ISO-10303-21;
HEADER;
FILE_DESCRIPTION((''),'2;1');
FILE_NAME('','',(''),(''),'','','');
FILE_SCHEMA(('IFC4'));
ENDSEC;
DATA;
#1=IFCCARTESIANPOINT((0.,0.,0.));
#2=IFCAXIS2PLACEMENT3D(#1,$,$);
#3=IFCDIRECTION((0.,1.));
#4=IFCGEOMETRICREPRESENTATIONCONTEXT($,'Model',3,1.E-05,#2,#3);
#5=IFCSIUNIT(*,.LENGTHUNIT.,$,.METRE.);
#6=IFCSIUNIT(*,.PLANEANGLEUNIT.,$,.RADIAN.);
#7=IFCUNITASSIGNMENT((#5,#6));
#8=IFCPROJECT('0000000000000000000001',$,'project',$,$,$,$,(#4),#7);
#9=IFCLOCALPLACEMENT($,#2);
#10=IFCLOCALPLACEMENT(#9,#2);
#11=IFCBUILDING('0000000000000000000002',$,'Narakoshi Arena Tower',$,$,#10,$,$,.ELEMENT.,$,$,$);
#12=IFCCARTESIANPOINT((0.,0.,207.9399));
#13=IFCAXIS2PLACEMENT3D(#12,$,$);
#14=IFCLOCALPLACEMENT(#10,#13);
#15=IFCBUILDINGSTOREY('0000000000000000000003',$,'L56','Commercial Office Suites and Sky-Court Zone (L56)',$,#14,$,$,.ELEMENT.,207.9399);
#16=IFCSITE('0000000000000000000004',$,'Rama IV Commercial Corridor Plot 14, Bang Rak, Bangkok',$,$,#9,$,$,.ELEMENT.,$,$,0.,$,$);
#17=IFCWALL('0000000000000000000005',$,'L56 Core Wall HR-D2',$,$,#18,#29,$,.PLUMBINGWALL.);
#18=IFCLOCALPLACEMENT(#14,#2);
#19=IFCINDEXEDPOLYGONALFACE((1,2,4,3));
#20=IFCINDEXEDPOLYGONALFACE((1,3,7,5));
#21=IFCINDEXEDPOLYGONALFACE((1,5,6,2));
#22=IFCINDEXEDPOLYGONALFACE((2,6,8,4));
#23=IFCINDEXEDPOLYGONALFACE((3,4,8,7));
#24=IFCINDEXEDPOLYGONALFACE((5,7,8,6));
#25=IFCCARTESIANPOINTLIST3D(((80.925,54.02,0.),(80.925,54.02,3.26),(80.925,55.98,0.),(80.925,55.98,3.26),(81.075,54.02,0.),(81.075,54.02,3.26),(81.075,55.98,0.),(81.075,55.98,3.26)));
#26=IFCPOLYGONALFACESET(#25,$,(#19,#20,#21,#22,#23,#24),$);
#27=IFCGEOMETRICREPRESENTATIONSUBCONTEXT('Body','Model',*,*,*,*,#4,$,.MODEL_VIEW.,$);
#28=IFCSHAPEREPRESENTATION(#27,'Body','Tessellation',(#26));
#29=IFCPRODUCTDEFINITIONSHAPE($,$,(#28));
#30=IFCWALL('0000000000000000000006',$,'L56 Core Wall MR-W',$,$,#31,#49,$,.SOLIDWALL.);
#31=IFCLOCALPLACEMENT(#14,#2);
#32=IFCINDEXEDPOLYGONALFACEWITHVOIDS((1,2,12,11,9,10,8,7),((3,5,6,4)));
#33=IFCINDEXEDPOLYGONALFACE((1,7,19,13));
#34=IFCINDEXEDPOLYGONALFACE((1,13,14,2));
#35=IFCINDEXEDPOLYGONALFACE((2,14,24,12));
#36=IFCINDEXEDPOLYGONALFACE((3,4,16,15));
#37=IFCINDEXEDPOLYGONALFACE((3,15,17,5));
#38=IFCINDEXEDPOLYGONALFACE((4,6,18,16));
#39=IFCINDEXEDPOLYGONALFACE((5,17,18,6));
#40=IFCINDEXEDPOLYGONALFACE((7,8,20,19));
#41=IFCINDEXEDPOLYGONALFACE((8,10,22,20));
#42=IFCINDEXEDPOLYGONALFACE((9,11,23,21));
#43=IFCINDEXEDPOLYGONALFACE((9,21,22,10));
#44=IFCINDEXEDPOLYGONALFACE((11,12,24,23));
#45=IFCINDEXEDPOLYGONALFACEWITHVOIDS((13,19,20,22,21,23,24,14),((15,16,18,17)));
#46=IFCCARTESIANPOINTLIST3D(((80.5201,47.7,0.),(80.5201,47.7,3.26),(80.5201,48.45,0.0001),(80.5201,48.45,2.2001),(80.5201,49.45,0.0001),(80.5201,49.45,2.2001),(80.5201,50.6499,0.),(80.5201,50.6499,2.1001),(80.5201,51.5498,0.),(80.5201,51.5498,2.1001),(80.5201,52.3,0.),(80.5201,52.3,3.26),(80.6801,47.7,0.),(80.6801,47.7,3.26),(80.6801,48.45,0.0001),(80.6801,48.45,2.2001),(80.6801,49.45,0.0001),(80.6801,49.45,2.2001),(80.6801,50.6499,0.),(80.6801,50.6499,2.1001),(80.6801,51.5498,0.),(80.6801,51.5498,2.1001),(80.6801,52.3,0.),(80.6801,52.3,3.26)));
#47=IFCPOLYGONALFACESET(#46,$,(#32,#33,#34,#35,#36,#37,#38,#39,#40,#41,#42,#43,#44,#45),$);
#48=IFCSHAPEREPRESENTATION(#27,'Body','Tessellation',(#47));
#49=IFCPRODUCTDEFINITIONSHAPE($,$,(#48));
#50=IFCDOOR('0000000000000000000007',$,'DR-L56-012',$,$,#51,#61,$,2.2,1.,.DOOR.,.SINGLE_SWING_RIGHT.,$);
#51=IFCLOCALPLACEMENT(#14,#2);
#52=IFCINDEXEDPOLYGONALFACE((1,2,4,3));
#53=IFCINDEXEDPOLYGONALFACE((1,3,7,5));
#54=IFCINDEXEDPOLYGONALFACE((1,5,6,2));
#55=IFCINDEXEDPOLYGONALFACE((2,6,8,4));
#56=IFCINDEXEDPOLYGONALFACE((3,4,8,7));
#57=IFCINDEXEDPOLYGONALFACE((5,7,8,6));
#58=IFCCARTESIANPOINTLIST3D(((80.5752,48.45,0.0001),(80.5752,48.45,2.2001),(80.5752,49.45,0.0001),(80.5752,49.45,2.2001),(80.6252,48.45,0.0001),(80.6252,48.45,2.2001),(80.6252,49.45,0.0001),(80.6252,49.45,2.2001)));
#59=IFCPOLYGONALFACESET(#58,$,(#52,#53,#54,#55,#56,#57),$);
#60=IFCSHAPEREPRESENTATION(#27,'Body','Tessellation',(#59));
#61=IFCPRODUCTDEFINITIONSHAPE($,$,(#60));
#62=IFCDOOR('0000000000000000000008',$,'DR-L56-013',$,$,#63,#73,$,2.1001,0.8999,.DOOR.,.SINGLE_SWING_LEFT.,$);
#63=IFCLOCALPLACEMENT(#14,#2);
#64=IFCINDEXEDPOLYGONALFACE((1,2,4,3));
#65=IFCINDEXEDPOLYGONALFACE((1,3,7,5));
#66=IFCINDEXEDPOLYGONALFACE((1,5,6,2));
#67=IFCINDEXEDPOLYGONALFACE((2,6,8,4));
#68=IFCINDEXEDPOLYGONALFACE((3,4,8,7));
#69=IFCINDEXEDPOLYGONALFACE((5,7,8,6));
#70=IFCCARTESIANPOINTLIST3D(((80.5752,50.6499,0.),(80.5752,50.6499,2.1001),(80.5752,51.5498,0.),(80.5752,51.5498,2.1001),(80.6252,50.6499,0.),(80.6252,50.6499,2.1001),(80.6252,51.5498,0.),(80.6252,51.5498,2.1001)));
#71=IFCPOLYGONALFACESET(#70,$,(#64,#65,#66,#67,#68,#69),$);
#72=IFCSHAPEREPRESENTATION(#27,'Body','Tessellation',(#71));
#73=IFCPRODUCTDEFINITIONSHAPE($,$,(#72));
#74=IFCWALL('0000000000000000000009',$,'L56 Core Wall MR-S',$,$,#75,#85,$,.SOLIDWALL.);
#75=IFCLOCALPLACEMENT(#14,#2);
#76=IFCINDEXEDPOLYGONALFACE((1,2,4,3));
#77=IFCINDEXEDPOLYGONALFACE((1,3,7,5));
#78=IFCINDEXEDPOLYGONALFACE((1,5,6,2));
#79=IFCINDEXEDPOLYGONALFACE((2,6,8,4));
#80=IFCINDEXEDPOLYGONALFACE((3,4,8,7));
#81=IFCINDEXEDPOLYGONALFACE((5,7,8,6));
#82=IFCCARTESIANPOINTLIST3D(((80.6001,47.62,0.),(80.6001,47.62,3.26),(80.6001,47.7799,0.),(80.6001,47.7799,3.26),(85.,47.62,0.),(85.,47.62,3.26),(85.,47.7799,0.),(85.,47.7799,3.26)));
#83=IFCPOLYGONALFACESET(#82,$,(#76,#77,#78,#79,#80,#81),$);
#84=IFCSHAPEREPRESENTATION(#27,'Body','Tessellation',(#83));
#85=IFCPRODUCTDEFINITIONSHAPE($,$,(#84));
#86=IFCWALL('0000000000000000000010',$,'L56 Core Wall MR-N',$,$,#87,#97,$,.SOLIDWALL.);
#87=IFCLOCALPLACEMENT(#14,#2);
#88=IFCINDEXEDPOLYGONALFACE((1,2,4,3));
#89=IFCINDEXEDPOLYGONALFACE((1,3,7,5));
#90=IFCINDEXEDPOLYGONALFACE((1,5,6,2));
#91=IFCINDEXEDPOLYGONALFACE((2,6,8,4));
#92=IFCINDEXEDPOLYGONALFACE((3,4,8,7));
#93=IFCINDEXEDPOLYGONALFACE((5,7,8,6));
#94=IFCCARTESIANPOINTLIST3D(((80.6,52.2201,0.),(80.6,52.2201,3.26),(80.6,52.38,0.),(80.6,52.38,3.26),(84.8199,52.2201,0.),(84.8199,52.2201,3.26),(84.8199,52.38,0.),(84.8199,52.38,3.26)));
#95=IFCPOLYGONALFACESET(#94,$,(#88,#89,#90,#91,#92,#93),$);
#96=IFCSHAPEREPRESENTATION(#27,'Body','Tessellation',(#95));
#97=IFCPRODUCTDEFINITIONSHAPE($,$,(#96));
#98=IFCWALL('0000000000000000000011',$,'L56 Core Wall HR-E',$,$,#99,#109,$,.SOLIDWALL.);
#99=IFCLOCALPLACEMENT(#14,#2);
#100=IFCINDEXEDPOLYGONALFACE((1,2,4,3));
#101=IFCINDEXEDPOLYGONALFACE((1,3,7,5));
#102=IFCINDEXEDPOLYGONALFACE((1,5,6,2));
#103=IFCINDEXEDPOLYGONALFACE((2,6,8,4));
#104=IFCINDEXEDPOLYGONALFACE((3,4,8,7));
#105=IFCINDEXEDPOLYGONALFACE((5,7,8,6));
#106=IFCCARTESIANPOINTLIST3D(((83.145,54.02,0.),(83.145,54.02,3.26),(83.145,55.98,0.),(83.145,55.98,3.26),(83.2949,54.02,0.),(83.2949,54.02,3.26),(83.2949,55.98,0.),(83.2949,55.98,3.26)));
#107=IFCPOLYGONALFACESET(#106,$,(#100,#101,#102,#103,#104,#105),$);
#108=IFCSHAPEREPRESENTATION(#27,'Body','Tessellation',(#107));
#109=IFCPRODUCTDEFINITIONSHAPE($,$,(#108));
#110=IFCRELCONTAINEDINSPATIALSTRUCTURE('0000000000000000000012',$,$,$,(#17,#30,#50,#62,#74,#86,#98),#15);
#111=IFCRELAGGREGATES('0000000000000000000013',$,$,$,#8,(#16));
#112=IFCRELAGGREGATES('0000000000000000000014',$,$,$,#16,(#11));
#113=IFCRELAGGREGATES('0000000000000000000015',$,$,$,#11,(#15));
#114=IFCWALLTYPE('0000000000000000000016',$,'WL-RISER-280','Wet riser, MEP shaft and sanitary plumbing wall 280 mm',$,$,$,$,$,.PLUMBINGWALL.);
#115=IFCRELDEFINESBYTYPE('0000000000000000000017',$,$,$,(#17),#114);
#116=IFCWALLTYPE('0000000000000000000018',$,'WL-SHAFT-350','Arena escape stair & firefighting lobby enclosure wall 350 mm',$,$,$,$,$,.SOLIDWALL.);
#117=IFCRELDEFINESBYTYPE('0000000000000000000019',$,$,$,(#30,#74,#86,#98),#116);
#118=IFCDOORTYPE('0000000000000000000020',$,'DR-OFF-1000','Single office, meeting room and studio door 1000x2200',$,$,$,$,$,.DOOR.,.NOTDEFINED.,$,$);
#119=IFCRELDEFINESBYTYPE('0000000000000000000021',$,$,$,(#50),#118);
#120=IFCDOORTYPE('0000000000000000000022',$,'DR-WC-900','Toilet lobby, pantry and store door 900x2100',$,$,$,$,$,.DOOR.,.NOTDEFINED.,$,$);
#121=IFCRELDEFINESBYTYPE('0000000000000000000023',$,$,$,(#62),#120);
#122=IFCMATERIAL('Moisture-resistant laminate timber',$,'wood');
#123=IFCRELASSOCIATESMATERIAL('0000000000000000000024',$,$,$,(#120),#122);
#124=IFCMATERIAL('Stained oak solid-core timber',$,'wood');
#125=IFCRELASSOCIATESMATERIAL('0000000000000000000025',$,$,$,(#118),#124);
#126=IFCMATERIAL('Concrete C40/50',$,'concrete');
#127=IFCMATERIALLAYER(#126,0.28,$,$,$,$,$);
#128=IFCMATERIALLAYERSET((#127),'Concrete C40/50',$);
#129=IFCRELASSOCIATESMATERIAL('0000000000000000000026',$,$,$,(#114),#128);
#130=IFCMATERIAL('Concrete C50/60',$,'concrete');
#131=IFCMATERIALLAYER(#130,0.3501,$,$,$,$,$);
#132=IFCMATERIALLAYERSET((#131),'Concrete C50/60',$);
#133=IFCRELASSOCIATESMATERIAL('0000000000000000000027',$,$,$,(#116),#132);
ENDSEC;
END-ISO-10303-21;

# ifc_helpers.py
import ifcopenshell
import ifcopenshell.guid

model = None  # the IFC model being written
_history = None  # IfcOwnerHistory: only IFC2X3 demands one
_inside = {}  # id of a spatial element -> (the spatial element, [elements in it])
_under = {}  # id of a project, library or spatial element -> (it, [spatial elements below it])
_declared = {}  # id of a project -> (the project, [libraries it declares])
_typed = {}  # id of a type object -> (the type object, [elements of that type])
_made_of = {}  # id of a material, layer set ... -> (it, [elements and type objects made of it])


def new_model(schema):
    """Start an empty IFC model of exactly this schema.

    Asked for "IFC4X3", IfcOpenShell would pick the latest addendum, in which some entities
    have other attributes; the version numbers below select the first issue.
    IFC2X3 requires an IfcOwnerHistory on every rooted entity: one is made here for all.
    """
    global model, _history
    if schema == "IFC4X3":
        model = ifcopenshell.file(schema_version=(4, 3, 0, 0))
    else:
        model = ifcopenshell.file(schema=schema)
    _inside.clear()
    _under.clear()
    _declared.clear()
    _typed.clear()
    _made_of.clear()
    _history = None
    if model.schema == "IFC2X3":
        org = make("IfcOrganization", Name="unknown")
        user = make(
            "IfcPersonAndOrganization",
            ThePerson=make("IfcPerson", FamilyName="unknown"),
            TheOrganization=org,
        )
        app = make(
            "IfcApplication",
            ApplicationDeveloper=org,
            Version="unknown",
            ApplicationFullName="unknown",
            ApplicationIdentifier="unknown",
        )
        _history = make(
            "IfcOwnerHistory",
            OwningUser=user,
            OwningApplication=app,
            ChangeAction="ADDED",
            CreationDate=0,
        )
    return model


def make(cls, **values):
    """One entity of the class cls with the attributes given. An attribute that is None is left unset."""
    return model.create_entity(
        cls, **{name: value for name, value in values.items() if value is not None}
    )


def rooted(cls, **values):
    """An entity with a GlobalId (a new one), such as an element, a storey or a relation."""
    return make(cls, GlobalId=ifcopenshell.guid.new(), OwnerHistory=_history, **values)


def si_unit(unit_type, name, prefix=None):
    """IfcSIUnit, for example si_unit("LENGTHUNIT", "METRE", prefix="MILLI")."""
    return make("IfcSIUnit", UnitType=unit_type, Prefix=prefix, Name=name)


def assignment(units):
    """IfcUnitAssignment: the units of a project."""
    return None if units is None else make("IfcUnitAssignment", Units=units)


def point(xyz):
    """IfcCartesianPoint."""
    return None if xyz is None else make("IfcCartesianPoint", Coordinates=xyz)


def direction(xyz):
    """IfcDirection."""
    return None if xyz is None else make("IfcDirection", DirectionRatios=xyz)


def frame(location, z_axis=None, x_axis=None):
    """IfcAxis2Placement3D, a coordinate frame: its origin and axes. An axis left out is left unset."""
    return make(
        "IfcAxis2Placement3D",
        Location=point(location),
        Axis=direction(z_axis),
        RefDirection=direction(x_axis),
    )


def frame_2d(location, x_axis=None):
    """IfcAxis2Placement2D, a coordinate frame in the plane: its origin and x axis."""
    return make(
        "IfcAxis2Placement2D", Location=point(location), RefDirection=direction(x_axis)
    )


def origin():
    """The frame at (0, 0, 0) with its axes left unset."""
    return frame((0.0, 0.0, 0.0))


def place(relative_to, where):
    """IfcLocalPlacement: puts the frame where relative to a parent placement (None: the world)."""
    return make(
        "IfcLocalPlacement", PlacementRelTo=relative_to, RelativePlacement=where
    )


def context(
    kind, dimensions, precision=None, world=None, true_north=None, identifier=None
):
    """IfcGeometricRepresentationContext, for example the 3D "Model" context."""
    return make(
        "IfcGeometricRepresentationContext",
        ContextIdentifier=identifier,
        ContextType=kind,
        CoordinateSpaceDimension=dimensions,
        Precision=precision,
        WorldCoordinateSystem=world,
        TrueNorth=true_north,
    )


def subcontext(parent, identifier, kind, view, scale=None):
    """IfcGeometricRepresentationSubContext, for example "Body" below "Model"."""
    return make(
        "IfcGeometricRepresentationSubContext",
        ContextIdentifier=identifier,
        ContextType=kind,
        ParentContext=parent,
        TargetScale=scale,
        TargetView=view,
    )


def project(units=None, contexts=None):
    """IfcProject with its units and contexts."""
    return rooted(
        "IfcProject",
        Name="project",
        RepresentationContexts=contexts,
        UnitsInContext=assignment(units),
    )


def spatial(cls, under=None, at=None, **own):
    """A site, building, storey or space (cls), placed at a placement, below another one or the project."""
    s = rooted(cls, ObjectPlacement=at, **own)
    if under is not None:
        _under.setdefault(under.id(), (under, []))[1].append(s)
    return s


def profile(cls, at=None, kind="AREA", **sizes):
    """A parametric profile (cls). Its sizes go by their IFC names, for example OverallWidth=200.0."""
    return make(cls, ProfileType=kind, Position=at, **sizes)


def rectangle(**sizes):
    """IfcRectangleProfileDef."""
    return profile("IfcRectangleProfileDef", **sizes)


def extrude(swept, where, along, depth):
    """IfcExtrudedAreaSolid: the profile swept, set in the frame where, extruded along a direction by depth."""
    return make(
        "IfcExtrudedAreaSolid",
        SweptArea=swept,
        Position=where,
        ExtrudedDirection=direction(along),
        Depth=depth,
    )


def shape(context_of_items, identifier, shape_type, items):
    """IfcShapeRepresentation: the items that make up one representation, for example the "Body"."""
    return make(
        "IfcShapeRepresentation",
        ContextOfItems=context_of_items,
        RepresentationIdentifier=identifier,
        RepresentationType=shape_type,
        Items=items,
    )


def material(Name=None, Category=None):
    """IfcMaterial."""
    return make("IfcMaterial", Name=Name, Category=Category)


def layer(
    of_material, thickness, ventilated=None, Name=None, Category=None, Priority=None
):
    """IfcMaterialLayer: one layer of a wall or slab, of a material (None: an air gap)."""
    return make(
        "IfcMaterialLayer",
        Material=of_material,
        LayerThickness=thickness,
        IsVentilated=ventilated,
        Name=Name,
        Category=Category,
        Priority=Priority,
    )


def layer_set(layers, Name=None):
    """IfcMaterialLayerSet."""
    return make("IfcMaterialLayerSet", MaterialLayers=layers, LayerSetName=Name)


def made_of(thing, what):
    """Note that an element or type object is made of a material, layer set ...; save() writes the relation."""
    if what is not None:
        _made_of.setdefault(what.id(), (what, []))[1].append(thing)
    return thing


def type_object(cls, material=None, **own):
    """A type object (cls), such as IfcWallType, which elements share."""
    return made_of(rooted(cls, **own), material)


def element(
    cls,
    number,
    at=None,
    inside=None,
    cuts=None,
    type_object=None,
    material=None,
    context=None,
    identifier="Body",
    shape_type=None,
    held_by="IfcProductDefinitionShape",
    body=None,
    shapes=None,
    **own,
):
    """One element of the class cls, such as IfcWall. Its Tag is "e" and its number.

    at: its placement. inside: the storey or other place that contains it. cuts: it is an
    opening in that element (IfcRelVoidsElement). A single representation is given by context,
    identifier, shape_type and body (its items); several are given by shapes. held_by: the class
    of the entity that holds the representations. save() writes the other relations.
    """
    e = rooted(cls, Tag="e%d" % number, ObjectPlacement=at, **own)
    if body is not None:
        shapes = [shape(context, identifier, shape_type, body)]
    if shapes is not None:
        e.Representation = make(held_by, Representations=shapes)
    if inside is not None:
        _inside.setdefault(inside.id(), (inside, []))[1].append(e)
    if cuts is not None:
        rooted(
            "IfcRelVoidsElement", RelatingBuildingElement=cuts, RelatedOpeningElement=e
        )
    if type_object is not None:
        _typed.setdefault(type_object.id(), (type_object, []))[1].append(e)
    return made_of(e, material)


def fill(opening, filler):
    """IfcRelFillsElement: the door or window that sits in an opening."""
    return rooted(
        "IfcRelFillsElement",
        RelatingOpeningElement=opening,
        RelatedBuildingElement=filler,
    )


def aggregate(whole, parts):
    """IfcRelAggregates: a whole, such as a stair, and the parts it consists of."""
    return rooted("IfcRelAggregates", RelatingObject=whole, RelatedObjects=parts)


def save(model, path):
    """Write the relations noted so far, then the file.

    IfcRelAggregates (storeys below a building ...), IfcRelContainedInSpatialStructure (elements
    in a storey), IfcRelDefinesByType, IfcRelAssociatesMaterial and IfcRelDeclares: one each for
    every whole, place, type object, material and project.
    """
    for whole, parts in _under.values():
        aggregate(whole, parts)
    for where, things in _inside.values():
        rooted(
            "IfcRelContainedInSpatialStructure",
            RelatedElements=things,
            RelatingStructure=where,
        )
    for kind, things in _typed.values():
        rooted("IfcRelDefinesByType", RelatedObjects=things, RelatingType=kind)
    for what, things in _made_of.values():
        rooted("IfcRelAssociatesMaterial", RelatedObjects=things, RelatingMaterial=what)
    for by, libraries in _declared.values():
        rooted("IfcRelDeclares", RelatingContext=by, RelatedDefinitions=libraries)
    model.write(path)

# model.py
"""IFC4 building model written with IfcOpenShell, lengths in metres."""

from ifc_helpers import new_model, si_unit, direction, frame, frame_2d, origin, place, context, subcontext, project, spatial, rectangle, extrude, material, layer, layer_set, type_object, element, fill, save


model = new_model("IFC4")

# Units and contexts
model_context = context("Model", 3, precision=1e-05, world=origin(), true_north=direction((0.0, 1.0)))
body_context = subcontext(model_context, "Body", "Model", "MODEL_VIEW")
ifc_project = project(units=[si_unit("LENGTHUNIT", "METRE"), si_unit("PLANEANGLEUNIT", "RADIAN")], contexts=[model_context])

# Site, building, storey
site_placement = place(None, origin())
site = spatial("IfcSite", under=ifc_project, at=site_placement, Name="Rama IV Commercial Corridor Plot 14, Bang Rak, Bangkok", CompositionType="ELEMENT", RefElevation=0.0)
building_placement = place(site_placement, origin())
building = spatial("IfcBuilding", under=site, at=building_placement, Name="Narakoshi Arena Tower", CompositionType="ELEMENT")
storey_placement = place(building_placement, frame((0.0, 0.0, 207.9399)))
storey = spatial("IfcBuildingStorey", under=building, at=storey_placement, Name="L56", Description="Commercial Office Suites and Sky-Court Zone (L56)", CompositionType="ELEMENT", Elevation=207.9399)

# Shared definitions
ifc_material_1 = material(Name="Concrete C50/60", Category="concrete")

# Shared definitions
ifc_material_2 = material(Name="Moisture-resistant laminate timber", Category="wood")
door_type_1 = type_object("IfcDoorType", Name="DR-WC-900", Description="Toilet lobby, pantry and store door 900x2100", OperationType="NOTDEFINED", PredefinedType="DOOR", material=ifc_material_2)

# Shared definitions
ifc_material_3 = material(Name="Stained oak solid-core timber", Category="wood")
door_type_2 = type_object("IfcDoorType", Name="DR-OFF-1000", Description="Single office, meeting room and studio door 1000x2200", OperationType="NOTDEFINED", PredefinedType="DOOR", material=ifc_material_3)

# Wall
ifc_material_4 = material(Name="Concrete C40/50", Category="concrete")
ifc_layer_1 = layer(ifc_material_4, 0.28)
ifc_layer_set_1 = layer_set([ifc_layer_1], Name="Concrete C40/50")
wall_type_1 = type_object("IfcWallType", Name="WL-RISER-280", Description="Wet riser, MEP shaft and sanitary plumbing wall 280 mm", PredefinedType="PLUMBINGWALL", material=ifc_layer_set_1)
wall_1_placement = place(storey_placement, frame((81.0, 54.02, 0.0), z_axis=(0.0, 0.0, 1.0), x_axis=(0.0, 1.0, 0.0)))
element("IfcWall", 1, at=wall_1_placement, inside=storey, type_object=wall_type_1, Name="L56 Core Wall HR-D2", PredefinedType="PLUMBINGWALL", context=body_context, shape_type="SweptSolid", body=[
    extrude(rectangle(XDim=1.96, YDim=0.1499, at=frame_2d((0.98, 0.0))), origin(), (0.0, 0.0, 1.0), 3.26),
])

# Wall, openings, doors
ifc_layer_2 = layer(ifc_material_1, 0.3501)
ifc_layer_set_2 = layer_set([ifc_layer_2], Name="Concrete C50/60")
wall_type_2 = type_object("IfcWallType", Name="WL-SHAFT-350", Description="Arena escape stair & firefighting lobby enclosure wall 350 mm", PredefinedType="SOLIDWALL", material=ifc_layer_set_2)
wall_2_placement = place(storey_placement, frame((80.6001, 47.7, 0.0), z_axis=(0.0, 0.0, 1.0), x_axis=(0.0, 1.0, 0.0)))
wall_2 = element("IfcWall", 2, at=wall_2_placement, inside=storey, type_object=wall_type_2, Name="L56 Core Wall MR-W", PredefinedType="SOLIDWALL", context=body_context, shape_type="SweptSolid", body=[
    extrude(rectangle(XDim=4.6001, YDim=0.1599, at=frame_2d((2.3, 0.0))), origin(), (0.0, 0.0, 1.0), 3.26),
])
opening_1_placement = place(wall_2_placement, frame((0.75, 0.0, 0.0)))
opening_1 = element("IfcOpeningElement", 3, at=opening_1_placement, cuts=wall_2, PredefinedType="OPENING", context=body_context, shape_type="SweptSolid", body=[
    extrude(rectangle(XDim=1.0, YDim=2.2, at=frame_2d((0.5, 1.1001))), frame((0.0, 0.0898, 0.0), z_axis=(0.0, -1.0, 0.0), x_axis=(1.0, 0.0, 0.0)), (0.0, 0.0, 1.0), 0.1799),
])
opening_2_placement = place(wall_2_placement, frame((2.95, 0.0, 0.0)))
opening_2 = element("IfcOpeningElement", 4, at=opening_2_placement, cuts=wall_2, PredefinedType="OPENING", context=body_context, shape_type="SweptSolid", body=[
    extrude(rectangle(XDim=0.8999, YDim=2.1001, at=frame_2d((0.45, 1.05))), frame((0.0, 0.0898, 0.0), z_axis=(0.0, -1.0, 0.0), x_axis=(1.0, 0.0, 0.0)), (0.0, 0.0, 1.0), 0.1799),
])
door_1_placement = place(opening_1_placement, origin())
door_1 = element("IfcDoor", 5, at=door_1_placement, inside=storey, type_object=door_type_2, Name="DR-L56-012", OperationType="SINGLE_SWING_RIGHT", OverallHeight=2.2, OverallWidth=1.0, PredefinedType="DOOR", context=body_context, shape_type="SweptSolid", body=[
    extrude(rectangle(XDim=1.0, YDim=2.2, at=frame_2d((0.5, 1.1001))), frame((0.0, 0.0249, 0.0), z_axis=(0.0, -1.0, 0.0), x_axis=(1.0, 0.0, 0.0)), (0.0, 0.0, 1.0), 0.05),
])
fill(opening_1, door_1)
door_2_placement = place(opening_2_placement, origin())
door_2 = element("IfcDoor", 6, at=door_2_placement, inside=storey, type_object=door_type_1, Name="DR-L56-013", OperationType="SINGLE_SWING_LEFT", OverallHeight=2.1001, OverallWidth=0.8999, PredefinedType="DOOR", context=body_context, shape_type="SweptSolid", body=[
    extrude(rectangle(XDim=0.8999, YDim=2.1001, at=frame_2d((0.45, 1.05))), frame((0.0, 0.0249, 0.0), z_axis=(0.0, -1.0, 0.0), x_axis=(1.0, 0.0, 0.0)), (0.0, 0.0, 1.0), 0.05),
])
fill(opening_2, door_2)

# Walls
wall_3_placement = place(storey_placement, frame((80.6001, 47.7, 0.0), z_axis=(0.0, 0.0, 1.0), x_axis=(1.0, 0.0, 0.0)))
element("IfcWall", 7, at=wall_3_placement, inside=storey, type_object=wall_type_2, Name="L56 Core Wall MR-S", PredefinedType="SOLIDWALL", context=body_context, shape_type="SweptSolid", body=[
    extrude(rectangle(XDim=4.3999, YDim=0.1599, at=frame_2d((2.2, 0.0))), origin(), (0.0, 0.0, 1.0), 3.26),
])
wall_4_placement = place(storey_placement, frame((80.6001, 52.3, 0.0), z_axis=(0.0, 0.0, 1.0), x_axis=(1.0, 0.0, 0.0)))
element("IfcWall", 8, at=wall_4_placement, inside=storey, type_object=wall_type_2, Name="L56 Core Wall MR-N", PredefinedType="SOLIDWALL", context=body_context, shape_type="SweptSolid", body=[
    extrude(rectangle(XDim=4.22, YDim=0.1599, at=frame_2d((2.1099, 0.0))), origin(), (0.0, 0.0, 1.0), 3.26),
])
wall_5_placement = place(storey_placement, frame((83.22, 54.02, 0.0), z_axis=(0.0, 0.0, 1.0), x_axis=(0.0, 1.0, 0.0)))
element("IfcWall", 9, at=wall_5_placement, inside=storey, type_object=wall_type_2, Name="L56 Core Wall HR-E", PredefinedType="SOLIDWALL", context=body_context, shape_type="SweptSolid", body=[
    extrude(rectangle(XDim=1.96, YDim=0.1499, at=frame_2d((0.98, 0.0))), origin(), (0.0, 0.0, 1.0), 3.26),
])

save(model, "model.ifc")
